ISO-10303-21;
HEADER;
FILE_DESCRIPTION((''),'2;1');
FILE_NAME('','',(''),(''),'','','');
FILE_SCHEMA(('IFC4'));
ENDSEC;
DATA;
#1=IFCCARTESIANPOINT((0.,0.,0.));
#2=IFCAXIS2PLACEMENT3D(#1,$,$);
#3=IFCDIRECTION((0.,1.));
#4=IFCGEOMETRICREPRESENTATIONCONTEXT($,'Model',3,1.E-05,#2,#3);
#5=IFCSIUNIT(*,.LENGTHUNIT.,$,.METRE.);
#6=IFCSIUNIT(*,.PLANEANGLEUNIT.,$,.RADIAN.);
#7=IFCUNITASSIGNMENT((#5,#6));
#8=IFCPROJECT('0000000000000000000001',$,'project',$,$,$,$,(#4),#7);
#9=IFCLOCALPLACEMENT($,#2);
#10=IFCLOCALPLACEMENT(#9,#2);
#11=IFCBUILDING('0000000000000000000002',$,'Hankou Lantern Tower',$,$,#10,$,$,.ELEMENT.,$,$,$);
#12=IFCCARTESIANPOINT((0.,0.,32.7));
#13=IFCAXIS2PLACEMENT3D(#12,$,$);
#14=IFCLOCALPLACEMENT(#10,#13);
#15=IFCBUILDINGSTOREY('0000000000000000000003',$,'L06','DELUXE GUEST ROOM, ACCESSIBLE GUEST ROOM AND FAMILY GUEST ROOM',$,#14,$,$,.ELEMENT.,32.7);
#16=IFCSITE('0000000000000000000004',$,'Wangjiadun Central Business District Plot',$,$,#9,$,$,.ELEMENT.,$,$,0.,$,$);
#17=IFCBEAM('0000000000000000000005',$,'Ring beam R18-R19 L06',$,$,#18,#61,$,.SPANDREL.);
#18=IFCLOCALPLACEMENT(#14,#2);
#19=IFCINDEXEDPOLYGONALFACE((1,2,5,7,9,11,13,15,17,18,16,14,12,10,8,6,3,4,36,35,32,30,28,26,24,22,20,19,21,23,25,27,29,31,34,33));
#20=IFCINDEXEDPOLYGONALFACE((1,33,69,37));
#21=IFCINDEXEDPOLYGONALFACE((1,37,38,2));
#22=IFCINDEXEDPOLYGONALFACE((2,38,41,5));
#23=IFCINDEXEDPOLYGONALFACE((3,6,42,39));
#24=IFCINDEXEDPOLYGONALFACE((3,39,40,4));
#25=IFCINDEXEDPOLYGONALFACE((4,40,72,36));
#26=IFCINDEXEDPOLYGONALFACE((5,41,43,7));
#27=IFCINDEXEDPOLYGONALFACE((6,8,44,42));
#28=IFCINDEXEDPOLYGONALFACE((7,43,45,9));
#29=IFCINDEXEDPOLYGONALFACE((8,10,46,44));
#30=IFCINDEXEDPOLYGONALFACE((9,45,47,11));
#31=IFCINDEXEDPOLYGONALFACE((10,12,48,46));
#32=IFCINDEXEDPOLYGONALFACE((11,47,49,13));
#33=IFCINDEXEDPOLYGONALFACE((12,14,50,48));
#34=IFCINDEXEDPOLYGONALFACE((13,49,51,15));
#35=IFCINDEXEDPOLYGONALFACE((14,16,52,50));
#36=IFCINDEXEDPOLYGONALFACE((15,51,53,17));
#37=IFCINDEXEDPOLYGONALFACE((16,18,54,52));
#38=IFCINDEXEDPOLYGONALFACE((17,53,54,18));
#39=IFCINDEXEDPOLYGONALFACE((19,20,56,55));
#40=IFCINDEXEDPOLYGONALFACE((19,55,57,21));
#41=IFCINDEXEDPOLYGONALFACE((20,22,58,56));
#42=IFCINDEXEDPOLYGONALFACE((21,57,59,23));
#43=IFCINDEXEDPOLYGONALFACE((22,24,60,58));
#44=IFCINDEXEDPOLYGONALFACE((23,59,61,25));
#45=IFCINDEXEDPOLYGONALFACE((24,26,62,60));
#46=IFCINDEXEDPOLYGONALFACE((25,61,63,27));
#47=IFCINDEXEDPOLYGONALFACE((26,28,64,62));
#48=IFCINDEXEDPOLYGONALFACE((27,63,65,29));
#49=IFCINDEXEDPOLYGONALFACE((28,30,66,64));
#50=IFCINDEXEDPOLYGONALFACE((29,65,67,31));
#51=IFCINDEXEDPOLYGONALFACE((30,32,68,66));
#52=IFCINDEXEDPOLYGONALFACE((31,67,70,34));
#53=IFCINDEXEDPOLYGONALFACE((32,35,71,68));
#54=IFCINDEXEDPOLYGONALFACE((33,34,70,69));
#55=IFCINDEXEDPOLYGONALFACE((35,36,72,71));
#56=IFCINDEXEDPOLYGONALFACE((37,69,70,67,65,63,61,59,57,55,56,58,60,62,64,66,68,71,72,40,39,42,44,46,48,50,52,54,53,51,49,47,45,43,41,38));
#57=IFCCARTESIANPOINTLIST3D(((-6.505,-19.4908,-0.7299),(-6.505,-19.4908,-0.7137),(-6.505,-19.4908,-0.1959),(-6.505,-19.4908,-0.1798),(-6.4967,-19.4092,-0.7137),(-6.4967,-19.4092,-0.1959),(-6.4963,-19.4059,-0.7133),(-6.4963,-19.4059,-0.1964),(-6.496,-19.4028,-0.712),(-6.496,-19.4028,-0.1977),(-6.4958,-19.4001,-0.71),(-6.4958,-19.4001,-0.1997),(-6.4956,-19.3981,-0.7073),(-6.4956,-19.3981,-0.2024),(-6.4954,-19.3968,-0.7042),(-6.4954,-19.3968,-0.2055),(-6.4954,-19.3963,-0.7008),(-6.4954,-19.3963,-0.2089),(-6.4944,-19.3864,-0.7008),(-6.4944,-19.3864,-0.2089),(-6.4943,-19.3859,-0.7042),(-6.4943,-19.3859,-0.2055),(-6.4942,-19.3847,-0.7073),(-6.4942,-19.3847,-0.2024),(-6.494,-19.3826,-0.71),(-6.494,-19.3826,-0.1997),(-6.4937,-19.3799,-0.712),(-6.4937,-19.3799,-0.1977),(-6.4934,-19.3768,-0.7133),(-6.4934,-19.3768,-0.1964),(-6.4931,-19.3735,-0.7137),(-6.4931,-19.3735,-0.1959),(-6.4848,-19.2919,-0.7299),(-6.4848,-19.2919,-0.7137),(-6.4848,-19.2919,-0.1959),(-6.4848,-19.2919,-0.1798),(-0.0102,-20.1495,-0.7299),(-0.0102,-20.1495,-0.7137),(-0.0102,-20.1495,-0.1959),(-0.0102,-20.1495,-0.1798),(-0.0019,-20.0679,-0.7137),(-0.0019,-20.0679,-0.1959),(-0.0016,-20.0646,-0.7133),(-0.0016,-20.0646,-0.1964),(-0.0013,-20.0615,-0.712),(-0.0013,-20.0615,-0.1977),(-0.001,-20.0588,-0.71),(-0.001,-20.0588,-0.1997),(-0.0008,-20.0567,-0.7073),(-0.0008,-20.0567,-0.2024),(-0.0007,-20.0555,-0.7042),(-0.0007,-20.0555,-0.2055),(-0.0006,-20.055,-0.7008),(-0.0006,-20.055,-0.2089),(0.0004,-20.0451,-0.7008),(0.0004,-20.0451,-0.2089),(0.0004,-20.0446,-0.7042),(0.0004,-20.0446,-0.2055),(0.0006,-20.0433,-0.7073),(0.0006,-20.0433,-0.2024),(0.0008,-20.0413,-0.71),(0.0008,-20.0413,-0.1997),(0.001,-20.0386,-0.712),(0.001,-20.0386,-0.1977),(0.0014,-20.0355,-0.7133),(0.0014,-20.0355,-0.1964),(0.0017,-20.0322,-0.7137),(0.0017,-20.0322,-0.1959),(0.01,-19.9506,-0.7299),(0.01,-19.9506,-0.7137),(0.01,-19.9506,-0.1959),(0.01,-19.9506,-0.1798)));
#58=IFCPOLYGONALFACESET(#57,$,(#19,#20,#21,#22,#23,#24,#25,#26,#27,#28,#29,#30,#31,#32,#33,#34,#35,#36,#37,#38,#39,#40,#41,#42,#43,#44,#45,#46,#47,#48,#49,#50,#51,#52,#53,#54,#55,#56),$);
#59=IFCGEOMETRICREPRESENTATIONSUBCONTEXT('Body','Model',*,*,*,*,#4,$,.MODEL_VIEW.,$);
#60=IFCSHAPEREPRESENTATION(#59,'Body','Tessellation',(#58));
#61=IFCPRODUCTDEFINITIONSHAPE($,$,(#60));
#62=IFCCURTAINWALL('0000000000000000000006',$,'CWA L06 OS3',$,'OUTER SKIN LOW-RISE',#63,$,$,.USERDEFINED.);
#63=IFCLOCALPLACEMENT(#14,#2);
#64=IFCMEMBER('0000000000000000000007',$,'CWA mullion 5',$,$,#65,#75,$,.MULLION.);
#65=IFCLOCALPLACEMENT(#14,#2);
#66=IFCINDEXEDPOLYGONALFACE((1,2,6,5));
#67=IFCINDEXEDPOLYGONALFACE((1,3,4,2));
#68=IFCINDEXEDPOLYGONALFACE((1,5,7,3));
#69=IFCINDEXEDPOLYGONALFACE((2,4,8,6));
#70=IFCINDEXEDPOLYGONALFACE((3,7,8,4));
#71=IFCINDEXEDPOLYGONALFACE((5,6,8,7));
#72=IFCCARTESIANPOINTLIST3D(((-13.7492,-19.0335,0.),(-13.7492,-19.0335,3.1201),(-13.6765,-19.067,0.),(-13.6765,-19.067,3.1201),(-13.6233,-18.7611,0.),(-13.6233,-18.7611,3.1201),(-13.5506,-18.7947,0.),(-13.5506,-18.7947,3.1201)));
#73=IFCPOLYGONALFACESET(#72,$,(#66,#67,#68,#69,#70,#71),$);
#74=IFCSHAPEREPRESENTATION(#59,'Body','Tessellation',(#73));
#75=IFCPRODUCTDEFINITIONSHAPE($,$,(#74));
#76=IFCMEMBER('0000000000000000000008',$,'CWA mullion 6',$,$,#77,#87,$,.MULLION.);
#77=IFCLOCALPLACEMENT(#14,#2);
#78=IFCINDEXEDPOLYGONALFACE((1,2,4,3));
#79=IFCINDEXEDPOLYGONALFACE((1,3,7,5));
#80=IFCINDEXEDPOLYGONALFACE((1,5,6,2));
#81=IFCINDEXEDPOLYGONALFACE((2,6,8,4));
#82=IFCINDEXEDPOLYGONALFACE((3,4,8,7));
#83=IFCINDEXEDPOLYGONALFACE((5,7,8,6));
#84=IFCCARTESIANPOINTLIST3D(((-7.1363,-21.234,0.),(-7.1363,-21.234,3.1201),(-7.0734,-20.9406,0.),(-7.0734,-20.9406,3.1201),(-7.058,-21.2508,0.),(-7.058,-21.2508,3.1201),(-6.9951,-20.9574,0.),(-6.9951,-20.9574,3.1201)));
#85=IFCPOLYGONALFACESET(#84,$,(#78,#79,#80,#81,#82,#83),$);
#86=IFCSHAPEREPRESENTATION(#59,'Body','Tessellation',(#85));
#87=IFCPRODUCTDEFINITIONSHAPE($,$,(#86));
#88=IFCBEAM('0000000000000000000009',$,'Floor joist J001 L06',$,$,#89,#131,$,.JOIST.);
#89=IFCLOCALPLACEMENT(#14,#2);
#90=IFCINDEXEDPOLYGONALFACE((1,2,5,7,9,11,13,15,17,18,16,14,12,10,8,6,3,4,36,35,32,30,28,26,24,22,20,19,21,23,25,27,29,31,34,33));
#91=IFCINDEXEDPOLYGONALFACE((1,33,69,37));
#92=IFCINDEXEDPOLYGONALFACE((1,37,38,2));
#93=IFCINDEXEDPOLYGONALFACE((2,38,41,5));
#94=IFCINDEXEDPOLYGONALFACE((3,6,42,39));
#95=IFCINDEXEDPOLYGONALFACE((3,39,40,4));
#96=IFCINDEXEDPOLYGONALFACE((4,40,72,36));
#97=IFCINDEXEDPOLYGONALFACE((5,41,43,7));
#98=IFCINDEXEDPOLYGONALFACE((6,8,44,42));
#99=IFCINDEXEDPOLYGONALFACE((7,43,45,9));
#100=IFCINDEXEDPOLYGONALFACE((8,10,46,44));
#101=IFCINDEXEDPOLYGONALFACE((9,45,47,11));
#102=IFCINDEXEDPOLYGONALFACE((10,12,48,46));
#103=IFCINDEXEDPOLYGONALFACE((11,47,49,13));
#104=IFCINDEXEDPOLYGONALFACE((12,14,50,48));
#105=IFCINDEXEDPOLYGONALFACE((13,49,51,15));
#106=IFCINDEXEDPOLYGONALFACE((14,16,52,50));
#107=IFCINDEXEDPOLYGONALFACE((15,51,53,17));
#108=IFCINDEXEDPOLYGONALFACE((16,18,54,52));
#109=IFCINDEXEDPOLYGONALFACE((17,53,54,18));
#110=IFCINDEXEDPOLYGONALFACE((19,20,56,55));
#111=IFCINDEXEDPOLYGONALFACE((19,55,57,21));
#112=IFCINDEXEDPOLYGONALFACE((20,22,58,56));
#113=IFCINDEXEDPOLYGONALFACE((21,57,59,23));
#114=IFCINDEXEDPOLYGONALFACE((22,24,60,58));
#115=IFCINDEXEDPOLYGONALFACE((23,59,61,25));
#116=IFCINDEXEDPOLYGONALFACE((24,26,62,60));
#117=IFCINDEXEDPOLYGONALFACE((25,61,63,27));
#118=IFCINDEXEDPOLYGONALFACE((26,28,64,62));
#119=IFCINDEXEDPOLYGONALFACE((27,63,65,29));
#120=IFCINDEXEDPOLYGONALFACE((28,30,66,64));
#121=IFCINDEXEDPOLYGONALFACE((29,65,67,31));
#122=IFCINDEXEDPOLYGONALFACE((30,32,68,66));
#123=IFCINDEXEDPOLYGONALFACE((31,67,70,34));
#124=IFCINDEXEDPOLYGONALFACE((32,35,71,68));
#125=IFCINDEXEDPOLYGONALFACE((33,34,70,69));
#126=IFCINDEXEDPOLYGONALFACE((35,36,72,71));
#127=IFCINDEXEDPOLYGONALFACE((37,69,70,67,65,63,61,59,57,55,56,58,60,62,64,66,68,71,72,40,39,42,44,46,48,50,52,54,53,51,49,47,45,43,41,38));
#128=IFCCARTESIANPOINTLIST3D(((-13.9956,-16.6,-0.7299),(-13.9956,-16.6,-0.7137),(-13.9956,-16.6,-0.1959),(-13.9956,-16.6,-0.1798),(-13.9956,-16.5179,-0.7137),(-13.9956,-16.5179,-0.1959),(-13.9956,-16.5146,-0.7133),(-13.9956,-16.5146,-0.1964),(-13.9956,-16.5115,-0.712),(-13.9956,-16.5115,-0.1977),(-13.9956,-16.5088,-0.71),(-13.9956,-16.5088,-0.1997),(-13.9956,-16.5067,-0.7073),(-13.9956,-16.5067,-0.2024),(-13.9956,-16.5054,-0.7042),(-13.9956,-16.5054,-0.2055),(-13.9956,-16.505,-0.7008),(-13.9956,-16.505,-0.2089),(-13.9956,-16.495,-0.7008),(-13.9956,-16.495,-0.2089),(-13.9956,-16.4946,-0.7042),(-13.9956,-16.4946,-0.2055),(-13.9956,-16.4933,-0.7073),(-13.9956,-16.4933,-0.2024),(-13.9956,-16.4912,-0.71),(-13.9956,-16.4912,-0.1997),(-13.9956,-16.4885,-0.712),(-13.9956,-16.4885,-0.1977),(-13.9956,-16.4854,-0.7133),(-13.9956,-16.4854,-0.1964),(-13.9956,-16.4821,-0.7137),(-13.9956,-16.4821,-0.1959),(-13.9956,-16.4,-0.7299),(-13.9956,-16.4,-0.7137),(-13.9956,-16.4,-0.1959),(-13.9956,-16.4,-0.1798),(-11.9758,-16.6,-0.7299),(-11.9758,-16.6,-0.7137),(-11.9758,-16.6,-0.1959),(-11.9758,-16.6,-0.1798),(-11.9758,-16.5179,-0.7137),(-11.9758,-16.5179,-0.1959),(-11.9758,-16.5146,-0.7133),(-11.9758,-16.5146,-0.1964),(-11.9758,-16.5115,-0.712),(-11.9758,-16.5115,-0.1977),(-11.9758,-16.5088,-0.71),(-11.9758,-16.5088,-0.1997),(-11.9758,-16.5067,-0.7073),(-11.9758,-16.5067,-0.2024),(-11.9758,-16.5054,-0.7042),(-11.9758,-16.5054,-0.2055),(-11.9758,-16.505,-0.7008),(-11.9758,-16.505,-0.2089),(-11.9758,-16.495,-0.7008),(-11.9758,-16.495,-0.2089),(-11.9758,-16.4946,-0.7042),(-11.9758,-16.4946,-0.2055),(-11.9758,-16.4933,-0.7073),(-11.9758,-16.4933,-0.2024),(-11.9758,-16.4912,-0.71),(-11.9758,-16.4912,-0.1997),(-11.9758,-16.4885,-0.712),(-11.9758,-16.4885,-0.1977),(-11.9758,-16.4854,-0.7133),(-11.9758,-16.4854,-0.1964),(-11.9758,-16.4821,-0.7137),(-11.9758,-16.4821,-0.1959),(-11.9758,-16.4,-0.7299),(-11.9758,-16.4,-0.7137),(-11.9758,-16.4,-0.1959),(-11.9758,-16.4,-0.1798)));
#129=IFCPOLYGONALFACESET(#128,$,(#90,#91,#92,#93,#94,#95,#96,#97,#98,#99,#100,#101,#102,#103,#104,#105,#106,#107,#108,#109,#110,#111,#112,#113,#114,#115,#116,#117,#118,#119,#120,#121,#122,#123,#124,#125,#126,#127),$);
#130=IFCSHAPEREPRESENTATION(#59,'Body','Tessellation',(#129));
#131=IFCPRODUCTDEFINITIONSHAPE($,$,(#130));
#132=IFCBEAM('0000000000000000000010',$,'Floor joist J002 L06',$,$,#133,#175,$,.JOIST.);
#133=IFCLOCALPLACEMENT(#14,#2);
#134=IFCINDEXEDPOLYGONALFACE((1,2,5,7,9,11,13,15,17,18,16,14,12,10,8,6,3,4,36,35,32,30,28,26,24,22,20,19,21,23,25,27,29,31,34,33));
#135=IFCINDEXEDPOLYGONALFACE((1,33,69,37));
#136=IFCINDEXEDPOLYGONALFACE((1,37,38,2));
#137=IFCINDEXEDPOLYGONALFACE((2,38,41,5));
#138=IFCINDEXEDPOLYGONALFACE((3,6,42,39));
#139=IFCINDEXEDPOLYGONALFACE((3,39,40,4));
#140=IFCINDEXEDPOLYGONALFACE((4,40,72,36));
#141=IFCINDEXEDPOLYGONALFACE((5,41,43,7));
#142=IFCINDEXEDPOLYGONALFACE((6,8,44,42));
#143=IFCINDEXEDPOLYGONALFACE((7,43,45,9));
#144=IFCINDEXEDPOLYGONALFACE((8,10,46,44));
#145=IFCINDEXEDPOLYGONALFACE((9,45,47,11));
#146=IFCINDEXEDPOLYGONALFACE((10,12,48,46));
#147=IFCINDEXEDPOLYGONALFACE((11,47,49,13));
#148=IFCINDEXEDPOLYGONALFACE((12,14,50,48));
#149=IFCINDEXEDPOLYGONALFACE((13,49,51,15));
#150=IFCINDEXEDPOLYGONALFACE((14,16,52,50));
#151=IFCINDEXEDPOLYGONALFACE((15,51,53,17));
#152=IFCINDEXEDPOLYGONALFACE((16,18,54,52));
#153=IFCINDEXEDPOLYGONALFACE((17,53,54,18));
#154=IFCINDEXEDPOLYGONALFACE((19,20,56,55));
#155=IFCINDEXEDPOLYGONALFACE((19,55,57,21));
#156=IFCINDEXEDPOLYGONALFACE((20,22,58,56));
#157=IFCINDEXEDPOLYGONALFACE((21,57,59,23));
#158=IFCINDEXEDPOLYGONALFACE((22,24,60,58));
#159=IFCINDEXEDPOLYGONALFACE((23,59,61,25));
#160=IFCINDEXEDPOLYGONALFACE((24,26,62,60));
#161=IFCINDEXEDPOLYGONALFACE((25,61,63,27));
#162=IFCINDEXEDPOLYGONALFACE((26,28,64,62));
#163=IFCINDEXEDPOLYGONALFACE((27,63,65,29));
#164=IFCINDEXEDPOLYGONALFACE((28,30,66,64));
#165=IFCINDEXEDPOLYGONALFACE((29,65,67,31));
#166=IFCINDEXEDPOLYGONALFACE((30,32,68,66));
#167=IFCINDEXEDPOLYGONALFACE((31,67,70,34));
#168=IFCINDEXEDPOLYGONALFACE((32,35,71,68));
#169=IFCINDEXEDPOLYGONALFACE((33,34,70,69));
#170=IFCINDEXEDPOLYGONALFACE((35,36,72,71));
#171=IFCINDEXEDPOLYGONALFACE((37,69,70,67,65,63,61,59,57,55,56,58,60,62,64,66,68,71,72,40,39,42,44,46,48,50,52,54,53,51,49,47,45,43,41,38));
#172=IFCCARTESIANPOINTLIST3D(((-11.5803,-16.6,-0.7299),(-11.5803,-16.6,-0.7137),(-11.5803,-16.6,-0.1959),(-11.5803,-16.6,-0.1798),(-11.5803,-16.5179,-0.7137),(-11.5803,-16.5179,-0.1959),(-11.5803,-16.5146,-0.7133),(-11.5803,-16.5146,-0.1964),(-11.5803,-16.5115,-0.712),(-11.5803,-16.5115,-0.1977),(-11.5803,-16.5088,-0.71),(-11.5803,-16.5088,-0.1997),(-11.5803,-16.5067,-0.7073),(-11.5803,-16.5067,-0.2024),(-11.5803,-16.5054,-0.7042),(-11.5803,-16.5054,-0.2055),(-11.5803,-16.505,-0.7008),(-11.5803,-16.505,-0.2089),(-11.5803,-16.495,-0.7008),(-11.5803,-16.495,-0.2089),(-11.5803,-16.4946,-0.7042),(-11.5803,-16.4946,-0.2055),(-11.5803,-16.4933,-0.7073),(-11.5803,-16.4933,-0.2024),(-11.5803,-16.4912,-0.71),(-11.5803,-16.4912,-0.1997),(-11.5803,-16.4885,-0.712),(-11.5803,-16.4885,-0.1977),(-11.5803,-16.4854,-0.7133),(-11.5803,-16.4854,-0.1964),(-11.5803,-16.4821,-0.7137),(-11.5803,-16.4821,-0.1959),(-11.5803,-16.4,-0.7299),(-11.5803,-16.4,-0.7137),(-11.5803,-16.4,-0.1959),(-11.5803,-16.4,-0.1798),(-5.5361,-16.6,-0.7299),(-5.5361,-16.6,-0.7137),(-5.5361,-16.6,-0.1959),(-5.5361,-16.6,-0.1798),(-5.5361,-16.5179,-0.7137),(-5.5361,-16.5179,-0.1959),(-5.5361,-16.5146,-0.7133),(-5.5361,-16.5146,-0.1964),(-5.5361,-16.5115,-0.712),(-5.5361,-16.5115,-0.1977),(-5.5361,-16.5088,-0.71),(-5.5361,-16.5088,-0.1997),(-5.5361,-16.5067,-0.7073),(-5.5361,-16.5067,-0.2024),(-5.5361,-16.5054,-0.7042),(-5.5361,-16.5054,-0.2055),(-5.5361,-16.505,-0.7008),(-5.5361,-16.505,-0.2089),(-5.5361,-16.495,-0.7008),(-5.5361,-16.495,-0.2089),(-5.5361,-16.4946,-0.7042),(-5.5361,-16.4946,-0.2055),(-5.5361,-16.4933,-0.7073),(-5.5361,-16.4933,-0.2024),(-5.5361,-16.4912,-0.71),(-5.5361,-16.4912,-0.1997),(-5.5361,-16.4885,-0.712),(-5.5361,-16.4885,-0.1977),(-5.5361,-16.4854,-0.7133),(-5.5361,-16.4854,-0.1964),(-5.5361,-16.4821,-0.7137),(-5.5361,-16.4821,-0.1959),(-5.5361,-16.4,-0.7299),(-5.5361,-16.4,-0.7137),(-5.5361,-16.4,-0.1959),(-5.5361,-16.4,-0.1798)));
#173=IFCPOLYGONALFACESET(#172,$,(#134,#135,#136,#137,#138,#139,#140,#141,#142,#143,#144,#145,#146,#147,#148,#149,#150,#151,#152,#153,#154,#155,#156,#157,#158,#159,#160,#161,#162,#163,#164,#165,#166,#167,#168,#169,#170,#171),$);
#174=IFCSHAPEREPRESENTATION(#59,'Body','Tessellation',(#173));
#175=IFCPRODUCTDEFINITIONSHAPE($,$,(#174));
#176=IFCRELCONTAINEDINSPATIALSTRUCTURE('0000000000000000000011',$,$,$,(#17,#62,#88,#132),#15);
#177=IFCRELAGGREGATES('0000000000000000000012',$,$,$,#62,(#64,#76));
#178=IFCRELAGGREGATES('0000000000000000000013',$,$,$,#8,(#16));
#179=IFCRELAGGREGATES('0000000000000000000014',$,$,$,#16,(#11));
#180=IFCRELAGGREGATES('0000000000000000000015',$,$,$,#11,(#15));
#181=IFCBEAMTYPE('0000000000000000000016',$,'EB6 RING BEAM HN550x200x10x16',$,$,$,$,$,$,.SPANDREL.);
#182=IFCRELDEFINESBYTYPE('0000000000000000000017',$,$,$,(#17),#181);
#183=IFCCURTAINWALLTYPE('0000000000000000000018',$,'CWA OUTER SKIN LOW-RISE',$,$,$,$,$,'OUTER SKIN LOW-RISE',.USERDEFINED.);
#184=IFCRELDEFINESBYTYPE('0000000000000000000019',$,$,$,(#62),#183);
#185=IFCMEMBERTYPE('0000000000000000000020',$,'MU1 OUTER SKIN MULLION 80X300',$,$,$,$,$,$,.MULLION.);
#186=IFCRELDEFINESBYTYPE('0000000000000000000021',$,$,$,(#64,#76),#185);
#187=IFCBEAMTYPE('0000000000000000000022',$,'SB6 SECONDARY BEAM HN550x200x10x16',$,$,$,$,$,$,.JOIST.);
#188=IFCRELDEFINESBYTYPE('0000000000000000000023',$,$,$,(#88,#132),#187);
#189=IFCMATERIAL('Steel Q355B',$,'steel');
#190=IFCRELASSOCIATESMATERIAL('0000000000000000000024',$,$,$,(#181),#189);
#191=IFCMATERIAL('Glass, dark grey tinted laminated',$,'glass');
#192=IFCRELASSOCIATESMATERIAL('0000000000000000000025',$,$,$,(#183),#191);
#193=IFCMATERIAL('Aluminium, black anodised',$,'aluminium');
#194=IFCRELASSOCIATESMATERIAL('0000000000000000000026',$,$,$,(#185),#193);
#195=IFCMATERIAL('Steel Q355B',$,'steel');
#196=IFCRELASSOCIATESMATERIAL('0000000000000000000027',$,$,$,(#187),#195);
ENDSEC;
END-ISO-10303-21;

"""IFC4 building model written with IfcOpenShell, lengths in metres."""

from ifc_helpers import new_model, si_unit, direction, frame, origin, origin_2d, place, context, subcontext, project, spatial, rectangle, i_section, extrude, material, material_profile, profile_set, type_object, element, aggregate, save


model = new_model("IFC4")

# Units and contexts
model_context = context("Model", 3, precision=1e-05, world=origin(), true_north=direction((0.0, 1.0)))
body_context = subcontext(model_context, "Body", "Model", "MODEL_VIEW")
ifc_project = project(units=[si_unit("LENGTHUNIT", "METRE"), si_unit("PLANEANGLEUNIT", "RADIAN")], contexts=[model_context])

# Site, building, storey
site_placement = place(None, origin())
site = spatial("IfcSite", under=ifc_project, at=site_placement, Name="Wangjiadun Central Business District Plot", CompositionType="ELEMENT", RefElevation=0.0)
building_placement = place(site_placement, origin())
building = spatial("IfcBuilding", under=site, at=building_placement, Name="Hankou Lantern Tower", CompositionType="ELEMENT")
storey_placement = place(building_placement, frame((0.0, 0.0, 32.7)))
storey = spatial("IfcBuildingStorey", under=building, at=storey_placement, Name="L06", Description="DELUXE GUEST ROOM, ACCESSIBLE GUEST ROOM AND FAMILY GUEST ROOM", CompositionType="ELEMENT", Elevation=32.7)

# Beam
ifc_material_1 = material(Name="Steel Q355B", Category="steel")
ifc_material_profile_1 = material_profile(ifc_material_1, i_section(OverallWidth=0.2, OverallDepth=0.55, WebThickness=0.01, FlangeThickness=0.0161, FilletRadius=0.0129, at=origin_2d()), Name="HN550x200x10x16")
ifc_profile_set_1 = profile_set([ifc_material_profile_1], Name="Steel Q355B")
beam_type_1 = type_object("IfcBeamType", Name="EB6 RING BEAM HN550x200x10x16", PredefinedType="SPANDREL", material=ifc_profile_set_1)
beam_1_placement = place(storey_placement, frame((-6.4949, -19.3914, -0.4548), z_axis=(0.994897, -0.1009, 0.0), x_axis=(0.1009, 0.994897, 0.0)))
element("IfcBeam", 1, at=beam_1_placement, inside=storey, type_object=beam_type_1, Name="Ring beam R18-R19 L06", PredefinedType="SPANDREL", context=body_context, shape_type="SweptSolid", body=[
    extrude(i_section(OverallWidth=0.2, OverallDepth=0.55, WebThickness=0.01, FlangeThickness=0.0161, FilletRadius=0.0129, at=origin_2d()), origin(), (0.0, 0.0, 1.0), 6.5281),
])

# Curtain wall, members
ifc_material_2 = material(Name="Glass, dark grey tinted laminated", Category="glass")
curtain_wall_type = type_object("IfcCurtainWallType", Name="CWA OUTER SKIN LOW-RISE", ElementType="OUTER SKIN LOW-RISE", PredefinedType="USERDEFINED", material=ifc_material_2)
curtain_wall_placement = place(storey_placement, origin())
curtain_wall = element("IfcCurtainWall", 2, at=curtain_wall_placement, inside=storey, type_object=curtain_wall_type, Name="CWA L06 OS3", ObjectType="OUTER SKIN LOW-RISE", PredefinedType="USERDEFINED")
ifc_material_3 = material(Name="Aluminium, black anodised", Category="aluminium")
ifc_material_profile_2 = material_profile(ifc_material_3, rectangle(XDim=0.0801, YDim=0.3, at=origin_2d()), Name="MU1 80X300")
ifc_profile_set_2 = profile_set([ifc_material_profile_2], Name="Aluminium, black anodised")
member_type_1 = type_object("IfcMemberType", Name="MU1 OUTER SKIN MULLION 80X300", PredefinedType="MULLION", material=ifc_profile_set_2)
member_1_placement = place(storey_placement, frame((-13.6499, -18.9141, 0.0), z_axis=(0.0, 0.0, 1.0), x_axis=(0.907841, -0.419314, 0.0)))
member_1 = element("IfcMember", 3, at=member_1_placement, type_object=member_type_1, Name="CWA mullion 5", PredefinedType="MULLION", context=body_context, shape_type="SweptSolid", body=[
    extrude(rectangle(XDim=0.0801, YDim=0.3, at=origin_2d()), origin(), (0.0, 0.0, 1.0), 3.1201),
])
member_2_placement = place(storey_placement, frame((-7.0657, -21.0957, 0.0), z_axis=(0.0, 0.0, 1.0), x_axis=(0.977788, -0.209598, 0.0)))
member_2 = element("IfcMember", 4, at=member_2_placement, type_object=member_type_1, Name="CWA mullion 6", PredefinedType="MULLION", context=body_context, shape_type="SweptSolid", body=[
    extrude(rectangle(XDim=0.0801, YDim=0.3, at=origin_2d()), origin(), (0.0, 0.0, 1.0), 3.1201),
])

# Beams
ifc_material_4 = material(Name="Steel Q355B", Category="steel")
ifc_material_profile_3 = material_profile(ifc_material_4, i_section(OverallWidth=0.2, OverallDepth=0.55, WebThickness=0.01, FlangeThickness=0.0161, FilletRadius=0.0129, at=origin_2d()), Name="HN550x200x10x16")
ifc_profile_set_3 = profile_set([ifc_material_profile_3], Name="Steel Q355B")
beam_type_2 = type_object("IfcBeamType", Name="SB6 SECONDARY BEAM HN550x200x10x16", PredefinedType="JOIST", material=ifc_profile_set_3)
beam_2_placement = place(storey_placement, frame((-13.9956, -16.5, -0.4548), z_axis=(1.0, 0.0, 0.0), x_axis=(0.0, 1.0, 0.0)))
element("IfcBeam", 5, at=beam_2_placement, inside=storey, type_object=beam_type_2, Name="Floor joist J001 L06", PredefinedType="JOIST", context=body_context, shape_type="SweptSolid", body=[
    extrude(i_section(OverallWidth=0.2, OverallDepth=0.55, WebThickness=0.01, FlangeThickness=0.0161, FilletRadius=0.0129, at=origin_2d()), origin(), (0.0, 0.0, 1.0), 2.0198),
])
beam_3_placement = place(storey_placement, frame((-11.5803, -16.5, -0.4548), z_axis=(1.0, 0.0, 0.0), x_axis=(0.0, 1.0, 0.0)))
element("IfcBeam", 6, at=beam_3_placement, inside=storey, type_object=beam_type_2, Name="Floor joist J002 L06", PredefinedType="JOIST", context=body_context, shape_type="SweptSolid", body=[
    extrude(i_section(OverallWidth=0.2, OverallDepth=0.55, WebThickness=0.01, FlangeThickness=0.0161, FilletRadius=0.0129, at=origin_2d()), origin(), (0.0, 0.0, 1.0), 6.0442),
])

aggregate(curtain_wall, [member_1, member_2])

save(model, "model.ifc")
